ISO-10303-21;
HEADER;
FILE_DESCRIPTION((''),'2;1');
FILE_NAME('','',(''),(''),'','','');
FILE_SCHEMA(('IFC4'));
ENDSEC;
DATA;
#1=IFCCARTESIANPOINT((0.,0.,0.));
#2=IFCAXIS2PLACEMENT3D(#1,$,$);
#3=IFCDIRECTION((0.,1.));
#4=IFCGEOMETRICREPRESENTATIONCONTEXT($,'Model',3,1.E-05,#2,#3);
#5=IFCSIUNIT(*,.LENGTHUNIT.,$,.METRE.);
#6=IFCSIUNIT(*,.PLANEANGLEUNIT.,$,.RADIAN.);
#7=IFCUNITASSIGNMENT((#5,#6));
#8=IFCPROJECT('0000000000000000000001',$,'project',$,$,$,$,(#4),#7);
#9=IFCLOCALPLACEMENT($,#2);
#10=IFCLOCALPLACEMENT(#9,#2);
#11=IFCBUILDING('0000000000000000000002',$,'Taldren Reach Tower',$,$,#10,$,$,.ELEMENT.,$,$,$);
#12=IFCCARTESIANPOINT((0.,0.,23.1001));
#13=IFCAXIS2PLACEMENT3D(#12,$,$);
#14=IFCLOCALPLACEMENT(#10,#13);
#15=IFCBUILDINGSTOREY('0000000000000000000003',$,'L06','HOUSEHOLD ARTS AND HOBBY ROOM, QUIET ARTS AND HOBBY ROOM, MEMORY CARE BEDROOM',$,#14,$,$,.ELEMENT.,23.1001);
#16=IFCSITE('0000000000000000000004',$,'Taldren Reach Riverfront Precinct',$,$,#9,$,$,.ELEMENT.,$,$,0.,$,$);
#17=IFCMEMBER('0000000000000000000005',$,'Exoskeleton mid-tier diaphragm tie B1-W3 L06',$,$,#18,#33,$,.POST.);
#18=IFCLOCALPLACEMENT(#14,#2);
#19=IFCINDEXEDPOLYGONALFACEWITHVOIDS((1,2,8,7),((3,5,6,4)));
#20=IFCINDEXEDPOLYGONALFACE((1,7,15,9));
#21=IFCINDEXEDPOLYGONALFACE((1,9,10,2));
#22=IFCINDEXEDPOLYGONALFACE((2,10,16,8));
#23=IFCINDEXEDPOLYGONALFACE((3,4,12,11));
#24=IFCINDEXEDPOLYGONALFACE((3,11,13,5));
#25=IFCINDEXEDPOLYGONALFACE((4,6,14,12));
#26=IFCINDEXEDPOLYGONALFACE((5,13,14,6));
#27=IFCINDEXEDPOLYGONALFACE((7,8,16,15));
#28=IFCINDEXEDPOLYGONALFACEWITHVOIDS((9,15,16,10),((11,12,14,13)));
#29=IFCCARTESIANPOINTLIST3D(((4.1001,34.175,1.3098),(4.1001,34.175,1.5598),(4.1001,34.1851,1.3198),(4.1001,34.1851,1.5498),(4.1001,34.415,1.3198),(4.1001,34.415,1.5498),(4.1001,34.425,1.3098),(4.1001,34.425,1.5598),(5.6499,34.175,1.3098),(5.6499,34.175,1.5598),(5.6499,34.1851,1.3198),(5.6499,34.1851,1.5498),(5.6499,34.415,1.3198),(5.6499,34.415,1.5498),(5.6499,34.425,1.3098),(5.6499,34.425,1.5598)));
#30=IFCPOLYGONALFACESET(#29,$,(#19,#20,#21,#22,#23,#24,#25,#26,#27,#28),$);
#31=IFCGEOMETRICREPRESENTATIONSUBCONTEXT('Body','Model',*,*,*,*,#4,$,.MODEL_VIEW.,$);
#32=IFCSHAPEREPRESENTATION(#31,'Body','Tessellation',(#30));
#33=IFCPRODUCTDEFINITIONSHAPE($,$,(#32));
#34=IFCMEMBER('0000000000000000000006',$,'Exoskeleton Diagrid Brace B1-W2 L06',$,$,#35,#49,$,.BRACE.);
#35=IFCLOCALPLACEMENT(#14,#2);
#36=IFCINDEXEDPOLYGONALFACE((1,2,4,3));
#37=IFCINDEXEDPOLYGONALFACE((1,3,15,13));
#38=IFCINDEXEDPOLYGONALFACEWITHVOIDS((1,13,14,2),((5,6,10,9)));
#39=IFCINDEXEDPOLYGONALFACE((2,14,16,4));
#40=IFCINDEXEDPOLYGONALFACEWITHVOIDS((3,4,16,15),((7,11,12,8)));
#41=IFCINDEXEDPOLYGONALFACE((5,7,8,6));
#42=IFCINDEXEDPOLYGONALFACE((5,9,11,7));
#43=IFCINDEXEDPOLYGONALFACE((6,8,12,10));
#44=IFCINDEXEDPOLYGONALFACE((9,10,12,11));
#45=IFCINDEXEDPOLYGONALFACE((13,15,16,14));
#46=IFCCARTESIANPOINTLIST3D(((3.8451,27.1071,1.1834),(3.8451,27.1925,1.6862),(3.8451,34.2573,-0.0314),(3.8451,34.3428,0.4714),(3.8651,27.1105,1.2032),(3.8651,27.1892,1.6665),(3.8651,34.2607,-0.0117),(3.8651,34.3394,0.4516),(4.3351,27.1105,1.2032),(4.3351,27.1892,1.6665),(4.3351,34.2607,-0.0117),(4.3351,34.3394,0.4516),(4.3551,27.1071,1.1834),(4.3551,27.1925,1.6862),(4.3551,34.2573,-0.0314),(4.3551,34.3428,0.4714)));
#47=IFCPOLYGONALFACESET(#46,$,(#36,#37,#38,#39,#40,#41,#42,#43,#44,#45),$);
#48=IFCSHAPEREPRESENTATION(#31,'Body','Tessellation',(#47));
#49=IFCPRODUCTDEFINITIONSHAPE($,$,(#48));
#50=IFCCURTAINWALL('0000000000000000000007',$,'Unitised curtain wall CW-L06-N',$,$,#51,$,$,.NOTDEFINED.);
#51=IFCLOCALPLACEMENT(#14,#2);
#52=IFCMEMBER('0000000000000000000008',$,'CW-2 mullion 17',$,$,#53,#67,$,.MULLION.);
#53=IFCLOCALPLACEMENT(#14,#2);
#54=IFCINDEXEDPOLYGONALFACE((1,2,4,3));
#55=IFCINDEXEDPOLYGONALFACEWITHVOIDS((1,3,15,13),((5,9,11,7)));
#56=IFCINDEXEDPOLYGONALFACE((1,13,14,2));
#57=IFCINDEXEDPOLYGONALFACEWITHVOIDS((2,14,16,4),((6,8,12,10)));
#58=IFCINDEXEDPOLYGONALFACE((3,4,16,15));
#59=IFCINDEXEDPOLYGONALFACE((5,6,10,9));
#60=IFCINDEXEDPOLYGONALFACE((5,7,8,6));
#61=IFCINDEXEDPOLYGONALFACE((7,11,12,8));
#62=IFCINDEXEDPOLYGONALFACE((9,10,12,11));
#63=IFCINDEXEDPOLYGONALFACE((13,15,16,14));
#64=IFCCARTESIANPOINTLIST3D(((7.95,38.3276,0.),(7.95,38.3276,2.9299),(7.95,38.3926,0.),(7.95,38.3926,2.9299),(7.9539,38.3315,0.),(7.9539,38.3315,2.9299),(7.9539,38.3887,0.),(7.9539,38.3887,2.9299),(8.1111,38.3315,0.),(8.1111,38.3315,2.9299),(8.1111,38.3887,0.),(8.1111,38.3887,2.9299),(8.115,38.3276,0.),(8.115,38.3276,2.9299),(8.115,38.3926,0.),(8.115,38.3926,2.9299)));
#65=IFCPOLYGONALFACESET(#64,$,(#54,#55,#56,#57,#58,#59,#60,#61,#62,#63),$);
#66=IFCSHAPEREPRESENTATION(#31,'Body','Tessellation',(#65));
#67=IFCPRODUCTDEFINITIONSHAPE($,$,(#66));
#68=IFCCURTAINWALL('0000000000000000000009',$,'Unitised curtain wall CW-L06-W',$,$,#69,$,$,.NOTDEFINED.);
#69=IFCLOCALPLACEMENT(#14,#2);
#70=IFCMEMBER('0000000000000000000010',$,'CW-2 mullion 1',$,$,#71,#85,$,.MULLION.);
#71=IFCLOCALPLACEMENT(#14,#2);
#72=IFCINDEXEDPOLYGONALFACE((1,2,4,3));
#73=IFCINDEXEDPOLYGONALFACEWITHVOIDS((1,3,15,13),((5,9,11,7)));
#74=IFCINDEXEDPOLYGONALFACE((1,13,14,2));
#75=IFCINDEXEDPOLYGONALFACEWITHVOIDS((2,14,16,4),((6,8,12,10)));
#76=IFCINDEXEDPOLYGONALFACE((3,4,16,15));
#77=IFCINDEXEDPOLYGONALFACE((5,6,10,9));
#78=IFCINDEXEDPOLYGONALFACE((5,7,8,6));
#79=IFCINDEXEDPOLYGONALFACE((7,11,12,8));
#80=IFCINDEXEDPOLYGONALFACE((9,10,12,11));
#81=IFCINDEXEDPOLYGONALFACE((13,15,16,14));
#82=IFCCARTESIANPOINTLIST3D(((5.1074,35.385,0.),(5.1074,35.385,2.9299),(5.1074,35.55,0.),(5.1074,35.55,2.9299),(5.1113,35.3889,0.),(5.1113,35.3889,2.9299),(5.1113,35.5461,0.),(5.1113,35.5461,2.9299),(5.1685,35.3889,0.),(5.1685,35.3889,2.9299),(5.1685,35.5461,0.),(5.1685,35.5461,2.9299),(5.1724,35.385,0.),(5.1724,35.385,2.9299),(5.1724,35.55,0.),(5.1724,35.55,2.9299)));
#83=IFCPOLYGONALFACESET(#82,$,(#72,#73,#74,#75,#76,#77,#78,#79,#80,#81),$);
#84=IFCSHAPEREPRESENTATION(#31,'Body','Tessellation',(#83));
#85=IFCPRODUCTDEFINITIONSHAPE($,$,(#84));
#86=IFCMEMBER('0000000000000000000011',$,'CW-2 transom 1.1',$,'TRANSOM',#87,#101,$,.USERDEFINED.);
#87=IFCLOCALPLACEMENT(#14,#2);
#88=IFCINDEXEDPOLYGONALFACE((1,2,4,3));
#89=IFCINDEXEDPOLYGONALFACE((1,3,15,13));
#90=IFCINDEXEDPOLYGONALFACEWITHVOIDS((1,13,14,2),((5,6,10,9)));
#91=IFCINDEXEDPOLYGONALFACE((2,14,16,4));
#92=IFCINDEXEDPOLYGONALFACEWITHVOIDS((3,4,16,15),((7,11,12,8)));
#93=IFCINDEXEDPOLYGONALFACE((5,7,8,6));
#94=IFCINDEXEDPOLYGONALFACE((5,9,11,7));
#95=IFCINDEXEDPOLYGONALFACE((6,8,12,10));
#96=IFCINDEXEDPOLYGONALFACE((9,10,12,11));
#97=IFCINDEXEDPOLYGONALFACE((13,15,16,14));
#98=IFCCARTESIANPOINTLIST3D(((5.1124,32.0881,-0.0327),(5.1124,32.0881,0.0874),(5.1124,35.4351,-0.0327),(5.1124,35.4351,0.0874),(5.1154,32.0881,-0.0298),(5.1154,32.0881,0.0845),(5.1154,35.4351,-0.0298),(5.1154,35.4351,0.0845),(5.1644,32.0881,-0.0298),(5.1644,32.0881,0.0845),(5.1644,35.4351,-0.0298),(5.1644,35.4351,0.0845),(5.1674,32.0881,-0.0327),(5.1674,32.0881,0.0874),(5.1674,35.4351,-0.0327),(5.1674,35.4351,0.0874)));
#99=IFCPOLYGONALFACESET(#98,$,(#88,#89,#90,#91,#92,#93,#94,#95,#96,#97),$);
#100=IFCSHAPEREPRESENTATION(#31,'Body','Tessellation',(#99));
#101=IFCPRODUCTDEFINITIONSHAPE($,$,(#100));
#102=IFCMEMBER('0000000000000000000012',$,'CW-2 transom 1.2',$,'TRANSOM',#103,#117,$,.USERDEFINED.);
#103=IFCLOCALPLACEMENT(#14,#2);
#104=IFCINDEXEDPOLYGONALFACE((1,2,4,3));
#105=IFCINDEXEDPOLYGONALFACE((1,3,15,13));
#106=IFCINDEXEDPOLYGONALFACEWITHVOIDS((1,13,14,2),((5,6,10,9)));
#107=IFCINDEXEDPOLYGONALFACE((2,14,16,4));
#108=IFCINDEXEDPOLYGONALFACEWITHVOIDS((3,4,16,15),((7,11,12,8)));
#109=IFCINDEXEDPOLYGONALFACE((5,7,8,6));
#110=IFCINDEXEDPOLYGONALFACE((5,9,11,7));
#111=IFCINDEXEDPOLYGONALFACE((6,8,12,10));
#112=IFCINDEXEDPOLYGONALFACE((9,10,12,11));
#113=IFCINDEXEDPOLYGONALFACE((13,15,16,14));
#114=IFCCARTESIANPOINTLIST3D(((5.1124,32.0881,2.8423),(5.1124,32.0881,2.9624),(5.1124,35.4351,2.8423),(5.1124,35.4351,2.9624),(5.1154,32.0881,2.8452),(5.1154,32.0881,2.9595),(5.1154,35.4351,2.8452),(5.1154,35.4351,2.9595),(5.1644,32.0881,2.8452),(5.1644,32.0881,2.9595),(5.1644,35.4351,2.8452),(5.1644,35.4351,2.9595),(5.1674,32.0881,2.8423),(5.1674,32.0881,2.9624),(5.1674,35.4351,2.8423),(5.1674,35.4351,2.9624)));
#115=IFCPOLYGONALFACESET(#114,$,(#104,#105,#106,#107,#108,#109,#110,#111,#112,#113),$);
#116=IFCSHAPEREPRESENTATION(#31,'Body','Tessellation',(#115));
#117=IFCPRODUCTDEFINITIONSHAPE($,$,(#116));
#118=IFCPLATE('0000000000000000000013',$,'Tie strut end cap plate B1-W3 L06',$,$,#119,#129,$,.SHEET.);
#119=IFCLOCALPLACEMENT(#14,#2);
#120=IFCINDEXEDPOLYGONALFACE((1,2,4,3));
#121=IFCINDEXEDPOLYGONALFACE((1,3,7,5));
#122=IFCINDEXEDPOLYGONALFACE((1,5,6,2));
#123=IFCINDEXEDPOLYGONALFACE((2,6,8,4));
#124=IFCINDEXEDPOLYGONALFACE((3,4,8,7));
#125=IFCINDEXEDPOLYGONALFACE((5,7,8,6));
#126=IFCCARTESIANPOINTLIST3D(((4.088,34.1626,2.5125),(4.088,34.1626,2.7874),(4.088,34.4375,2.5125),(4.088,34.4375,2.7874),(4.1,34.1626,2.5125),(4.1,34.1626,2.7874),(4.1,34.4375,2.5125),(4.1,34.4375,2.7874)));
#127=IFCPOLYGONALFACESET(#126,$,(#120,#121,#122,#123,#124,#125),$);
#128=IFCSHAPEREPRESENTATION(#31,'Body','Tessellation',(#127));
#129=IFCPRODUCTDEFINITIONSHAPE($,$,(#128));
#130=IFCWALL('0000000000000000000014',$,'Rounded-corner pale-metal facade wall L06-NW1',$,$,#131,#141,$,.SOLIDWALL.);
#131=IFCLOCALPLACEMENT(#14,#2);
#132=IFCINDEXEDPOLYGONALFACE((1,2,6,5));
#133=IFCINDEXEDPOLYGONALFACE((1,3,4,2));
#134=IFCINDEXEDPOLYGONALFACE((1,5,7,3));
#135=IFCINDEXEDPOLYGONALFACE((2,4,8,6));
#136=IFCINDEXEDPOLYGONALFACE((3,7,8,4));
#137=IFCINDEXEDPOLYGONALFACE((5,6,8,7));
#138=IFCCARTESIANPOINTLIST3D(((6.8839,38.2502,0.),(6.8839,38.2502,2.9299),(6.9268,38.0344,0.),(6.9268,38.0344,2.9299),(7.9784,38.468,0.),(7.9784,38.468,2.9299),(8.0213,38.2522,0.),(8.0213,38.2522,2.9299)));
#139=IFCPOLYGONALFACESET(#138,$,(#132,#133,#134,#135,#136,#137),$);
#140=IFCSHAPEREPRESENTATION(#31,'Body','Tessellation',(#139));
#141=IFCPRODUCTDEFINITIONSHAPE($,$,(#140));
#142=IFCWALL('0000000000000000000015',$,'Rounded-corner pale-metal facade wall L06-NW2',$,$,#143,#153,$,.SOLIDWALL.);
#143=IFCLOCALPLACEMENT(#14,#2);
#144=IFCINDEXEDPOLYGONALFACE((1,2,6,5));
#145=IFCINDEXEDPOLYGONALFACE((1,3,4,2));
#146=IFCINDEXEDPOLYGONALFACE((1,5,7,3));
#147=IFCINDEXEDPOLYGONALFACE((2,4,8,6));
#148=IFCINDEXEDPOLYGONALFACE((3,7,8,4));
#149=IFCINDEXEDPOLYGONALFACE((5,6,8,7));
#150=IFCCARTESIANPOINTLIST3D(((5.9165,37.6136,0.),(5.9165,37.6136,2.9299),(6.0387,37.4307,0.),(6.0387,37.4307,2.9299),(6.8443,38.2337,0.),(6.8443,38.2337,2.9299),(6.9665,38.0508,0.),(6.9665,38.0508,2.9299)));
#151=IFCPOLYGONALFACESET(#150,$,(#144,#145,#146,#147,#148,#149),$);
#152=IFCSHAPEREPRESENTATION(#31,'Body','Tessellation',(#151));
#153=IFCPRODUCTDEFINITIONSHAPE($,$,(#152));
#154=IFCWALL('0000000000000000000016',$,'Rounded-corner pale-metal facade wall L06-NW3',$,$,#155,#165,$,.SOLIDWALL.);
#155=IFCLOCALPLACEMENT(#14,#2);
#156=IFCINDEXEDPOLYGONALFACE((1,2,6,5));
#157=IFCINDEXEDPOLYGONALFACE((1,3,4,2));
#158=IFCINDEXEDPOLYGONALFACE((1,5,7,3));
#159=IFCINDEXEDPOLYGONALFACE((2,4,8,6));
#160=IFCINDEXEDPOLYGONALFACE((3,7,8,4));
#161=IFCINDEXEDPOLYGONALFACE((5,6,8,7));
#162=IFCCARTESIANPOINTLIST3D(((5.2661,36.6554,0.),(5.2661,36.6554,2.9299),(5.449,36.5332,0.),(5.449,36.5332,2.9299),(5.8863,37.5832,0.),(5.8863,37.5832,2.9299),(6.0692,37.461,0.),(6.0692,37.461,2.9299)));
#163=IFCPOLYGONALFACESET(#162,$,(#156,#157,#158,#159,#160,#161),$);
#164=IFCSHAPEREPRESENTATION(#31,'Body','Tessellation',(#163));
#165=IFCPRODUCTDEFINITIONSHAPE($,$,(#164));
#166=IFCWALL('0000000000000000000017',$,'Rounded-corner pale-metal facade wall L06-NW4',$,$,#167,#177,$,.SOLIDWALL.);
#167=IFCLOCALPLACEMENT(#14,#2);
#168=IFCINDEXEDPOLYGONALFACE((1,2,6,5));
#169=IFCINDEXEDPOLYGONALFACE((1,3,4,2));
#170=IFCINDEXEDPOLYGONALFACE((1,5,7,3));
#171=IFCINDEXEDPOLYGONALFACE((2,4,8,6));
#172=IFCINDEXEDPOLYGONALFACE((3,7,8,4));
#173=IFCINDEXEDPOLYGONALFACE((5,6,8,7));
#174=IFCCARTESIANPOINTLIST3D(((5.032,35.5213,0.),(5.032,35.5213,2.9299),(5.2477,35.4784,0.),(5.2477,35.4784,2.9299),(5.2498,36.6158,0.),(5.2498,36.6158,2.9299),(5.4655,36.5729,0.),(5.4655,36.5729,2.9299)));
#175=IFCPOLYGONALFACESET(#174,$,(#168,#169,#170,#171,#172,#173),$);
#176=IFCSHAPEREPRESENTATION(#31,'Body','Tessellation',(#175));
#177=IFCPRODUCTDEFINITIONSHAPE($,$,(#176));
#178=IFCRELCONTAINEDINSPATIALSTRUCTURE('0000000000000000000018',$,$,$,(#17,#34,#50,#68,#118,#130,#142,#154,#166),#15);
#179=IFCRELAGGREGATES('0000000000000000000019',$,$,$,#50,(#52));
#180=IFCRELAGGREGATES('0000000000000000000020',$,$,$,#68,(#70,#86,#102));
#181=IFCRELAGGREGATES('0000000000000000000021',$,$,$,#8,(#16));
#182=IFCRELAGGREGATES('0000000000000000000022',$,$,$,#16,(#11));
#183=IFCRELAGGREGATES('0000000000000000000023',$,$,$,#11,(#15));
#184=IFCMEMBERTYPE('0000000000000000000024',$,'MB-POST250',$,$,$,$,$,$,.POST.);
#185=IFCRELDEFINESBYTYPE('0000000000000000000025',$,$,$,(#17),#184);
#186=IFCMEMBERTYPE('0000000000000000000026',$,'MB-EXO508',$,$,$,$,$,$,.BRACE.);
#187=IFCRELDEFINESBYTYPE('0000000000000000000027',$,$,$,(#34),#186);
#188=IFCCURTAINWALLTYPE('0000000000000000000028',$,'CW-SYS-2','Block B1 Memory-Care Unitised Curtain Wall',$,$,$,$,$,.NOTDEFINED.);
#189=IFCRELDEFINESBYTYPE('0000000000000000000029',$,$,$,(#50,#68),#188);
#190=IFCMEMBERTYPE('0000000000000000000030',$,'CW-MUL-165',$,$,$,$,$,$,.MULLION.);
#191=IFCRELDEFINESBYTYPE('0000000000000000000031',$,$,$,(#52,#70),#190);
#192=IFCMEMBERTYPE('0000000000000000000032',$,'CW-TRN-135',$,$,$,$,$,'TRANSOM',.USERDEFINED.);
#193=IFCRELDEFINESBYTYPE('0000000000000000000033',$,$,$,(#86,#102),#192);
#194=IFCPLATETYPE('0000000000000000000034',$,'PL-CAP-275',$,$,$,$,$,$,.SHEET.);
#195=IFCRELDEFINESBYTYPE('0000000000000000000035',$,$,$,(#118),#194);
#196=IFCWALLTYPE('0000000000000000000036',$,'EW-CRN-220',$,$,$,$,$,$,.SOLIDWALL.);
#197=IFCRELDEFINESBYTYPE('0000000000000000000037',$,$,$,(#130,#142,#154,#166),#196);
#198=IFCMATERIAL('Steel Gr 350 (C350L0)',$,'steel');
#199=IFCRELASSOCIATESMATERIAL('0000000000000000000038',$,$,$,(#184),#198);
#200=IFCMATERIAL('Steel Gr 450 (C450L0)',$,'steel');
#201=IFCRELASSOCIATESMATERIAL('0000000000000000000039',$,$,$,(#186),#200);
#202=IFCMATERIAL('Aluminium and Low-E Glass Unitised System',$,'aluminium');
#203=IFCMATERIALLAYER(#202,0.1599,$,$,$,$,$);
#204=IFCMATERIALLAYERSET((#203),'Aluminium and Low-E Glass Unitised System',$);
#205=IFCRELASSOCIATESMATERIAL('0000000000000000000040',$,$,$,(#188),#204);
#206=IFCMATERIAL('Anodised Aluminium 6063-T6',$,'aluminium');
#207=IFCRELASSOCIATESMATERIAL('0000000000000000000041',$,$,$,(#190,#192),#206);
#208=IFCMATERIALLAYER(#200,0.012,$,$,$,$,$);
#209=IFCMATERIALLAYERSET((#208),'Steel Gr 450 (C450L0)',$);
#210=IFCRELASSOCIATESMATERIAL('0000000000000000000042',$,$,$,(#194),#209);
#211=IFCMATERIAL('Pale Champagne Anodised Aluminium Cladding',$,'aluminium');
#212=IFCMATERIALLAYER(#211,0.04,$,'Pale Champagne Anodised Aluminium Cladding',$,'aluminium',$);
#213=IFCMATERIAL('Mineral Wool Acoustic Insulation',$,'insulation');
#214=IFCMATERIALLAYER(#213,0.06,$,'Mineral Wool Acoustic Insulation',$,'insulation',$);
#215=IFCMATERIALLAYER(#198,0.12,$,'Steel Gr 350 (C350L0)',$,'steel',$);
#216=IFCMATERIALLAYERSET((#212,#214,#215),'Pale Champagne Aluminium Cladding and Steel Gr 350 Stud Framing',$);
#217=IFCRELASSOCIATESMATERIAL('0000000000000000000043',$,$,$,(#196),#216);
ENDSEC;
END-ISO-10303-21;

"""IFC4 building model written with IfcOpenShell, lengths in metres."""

from ifc_helpers import new_model, si_unit, direction, frame, frame_2d, origin, origin_2d, place, context, subcontext, project, spatial, rectangle, hollow_rectangle, extrude, source, transform, mapped, material, layer, layer_set, material_profile, profile_set, type_object, element, aggregate, save


model = new_model("IFC4")

# Units and contexts
model_context = context("Model", 3, precision=1e-05, world=origin(), true_north=direction((0.0, 1.0)))
body_context = subcontext(model_context, "Body", "Model", "MODEL_VIEW")
ifc_project = project(units=[si_unit("LENGTHUNIT", "METRE"), si_unit("PLANEANGLEUNIT", "RADIAN")], contexts=[model_context])

# Site, building, storey
site_placement = place(None, origin())
site = spatial("IfcSite", under=ifc_project, at=site_placement, Name="Taldren Reach Riverfront Precinct", CompositionType="ELEMENT", RefElevation=0.0)
building_placement = place(site_placement, origin())
building = spatial("IfcBuilding", under=site, at=building_placement, Name="Taldren Reach Tower", CompositionType="ELEMENT")
storey_placement = place(building_placement, frame((0.0, 0.0, 23.1001)))
storey = spatial("IfcBuildingStorey", under=building, at=storey_placement, Name="L06", Description="HOUSEHOLD ARTS AND HOBBY ROOM, QUIET ARTS AND HOBBY ROOM, MEMORY CARE BEDROOM", CompositionType="ELEMENT", Elevation=23.1001)

# Members
ifc_material_1 = material(Name="Steel Gr 450 (C450L0)", Category="steel")
ifc_material_2 = material(Name="Steel Gr 350 (C350L0)", Category="steel")
ifc_material_profile_1 = material_profile(ifc_material_2, hollow_rectangle(XDim=0.25, YDim=0.25, WallThickness=0.01, at=origin_2d()), Name="250x250x10.0SHS")
ifc_profile_set_1 = profile_set([ifc_material_profile_1], Name="Steel Gr 350 (C350L0)")
member_type_1 = type_object("IfcMemberType", Name="MB-POST250", PredefinedType="POST", material=ifc_profile_set_1)
shared_shape_1 = source(origin(), body_context, "Body", "SweptSolid", [
    extrude(hollow_rectangle(XDim=0.25, YDim=0.25, WallThickness=0.01, at=origin_2d()), origin(), (0.0, 0.0, 1.0), 1.5498),
])
for number, where, z_axis, x_axis, name in (
    (1, (5.6499, 34.3, 1.4348), (-1.0, 0.0, 0.0), (0.0, -1.0, 0.0), "Exoskeleton mid-tier diaphragm tie B1-W3 L06"),
):
    element("IfcMember", number, at=place(storey_placement, frame(where, z_axis=z_axis, x_axis=x_axis)), inside=storey, type_object=member_type_1, Name=name, PredefinedType="POST", context=body_context, shape_type="MappedRepresentation", body=[
        mapped(shared_shape_1, transform((0.0, 0.0, 0.0), scale=1.0)),
    ])
ifc_material_profile_2 = material_profile(ifc_material_1, hollow_rectangle(XDim=0.51, YDim=0.51, WallThickness=0.02, at=origin_2d()), Name="510x510x20.0SHS")
ifc_profile_set_2 = profile_set([ifc_material_profile_2], Name="Steel Gr 450 (C450L0)")
member_type_2 = type_object("IfcMemberType", Name="MB-EXO508", PredefinedType="BRACE", material=ifc_profile_set_2)
shared_shape_2 = source(origin(), body_context, "Body", "SweptSolid", [
    extrude(hollow_rectangle(XDim=0.51, YDim=0.51, WallThickness=0.02, at=origin_2d()), origin(), (0.0, 0.0, 1.0), 7.2527),
])
member_1_placement = place(storey_placement, frame((4.1001, 34.3, 0.22), z_axis=(0.0, -0.985871, 0.167504), x_axis=(1.0, 0.0, 0.0)))
element("IfcMember", 2, at=member_1_placement, inside=storey, type_object=member_type_2, Name="Exoskeleton Diagrid Brace B1-W2 L06", PredefinedType="BRACE", context=body_context, shape_type="MappedRepresentation", body=[
    mapped(shared_shape_2, transform((0.0, 0.0, 0.0), scale=1.0)),
])

# Curtain wall, member
ifc_material_3 = material(Name="Aluminium and Low-E Glass Unitised System", Category="aluminium")
ifc_layer_1 = layer(ifc_material_3, 0.1599)
ifc_layer_set_1 = layer_set([ifc_layer_1], Name="Aluminium and Low-E Glass Unitised System")
curtain_wall_type = type_object("IfcCurtainWallType", Name="CW-SYS-2", Description="Block B1 Memory-Care Unitised Curtain Wall", PredefinedType="NOTDEFINED", material=ifc_layer_set_1)
curtain_wall_1_placement = place(storey_placement, origin())
curtain_wall_1 = element("IfcCurtainWall", 3, at=curtain_wall_1_placement, inside=storey, type_object=curtain_wall_type, Name="Unitised curtain wall CW-L06-N", PredefinedType="NOTDEFINED")
ifc_material_4 = material(Name="Anodised Aluminium 6063-T6", Category="aluminium")
ifc_material_profile_3 = material_profile(ifc_material_4, hollow_rectangle(XDim=0.0649, YDim=0.165, WallThickness=0.0039, at=origin_2d()), Name="ALU-165x65x4RHS")
ifc_profile_set_3 = profile_set([ifc_material_profile_3], Name="Anodised Aluminium 6063-T6")
member_type_3 = type_object("IfcMemberType", Name="CW-MUL-165", PredefinedType="MULLION", material=ifc_profile_set_3)
shared_shape_3 = source(origin(), body_context, "Body", "SweptSolid", [
    extrude(hollow_rectangle(XDim=0.0649, YDim=0.165, WallThickness=0.0039, at=origin_2d()), origin(), (0.0, 0.0, 1.0), 2.9299),
])
member_2_placement = place(storey_placement, frame((8.0325, 38.3601, 0.0), z_axis=(0.0, 0.0, 1.0), x_axis=(0.0, -1.0, 0.0)))
member_2 = element("IfcMember", 4, at=member_2_placement, type_object=member_type_3, Name="CW-2 mullion 17", PredefinedType="MULLION", context=body_context, shape_type="MappedRepresentation", body=[
    mapped(shared_shape_3, transform((0.0, 0.0, 0.0), scale=1.0)),
])
aggregate(curtain_wall_1, [member_2])

# Curtain wall, members
curtain_wall_2_placement = place(storey_placement, origin())
curtain_wall_2 = element("IfcCurtainWall", 5, at=curtain_wall_2_placement, inside=storey, type_object=curtain_wall_type, Name="Unitised curtain wall CW-L06-W", PredefinedType="NOTDEFINED")
member_3_placement = place(storey_placement, frame((5.1399, 35.4675, 0.0), z_axis=(0.0, 0.0, 1.0), x_axis=(1.0, 0.0, 0.0)))
member_3 = element("IfcMember", 6, at=member_3_placement, type_object=member_type_3, Name="CW-2 mullion 1", PredefinedType="MULLION", context=body_context, shape_type="MappedRepresentation", body=[
    mapped(shared_shape_3, transform((0.0, 0.0, 0.0), scale=1.0)),
])
ifc_material_profile_4 = material_profile(ifc_material_4, hollow_rectangle(XDim=0.0549, YDim=0.1201, WallThickness=0.0029, at=origin_2d()), Name="ALU-120x55x3RHS")
ifc_profile_set_4 = profile_set([ifc_material_profile_4], Name="Anodised Aluminium 6063-T6")
member_type_4 = type_object("IfcMemberType", Name="CW-TRN-135", ElementType="TRANSOM", PredefinedType="USERDEFINED", material=ifc_profile_set_4)
shared_shape_4 = source(origin(), body_context, "Body", "SweptSolid", [
    extrude(hollow_rectangle(XDim=0.0549, YDim=0.1201, WallThickness=0.0029, at=origin_2d()), origin(), (0.0, 0.0, 1.0), 3.3469),
])
member_4_placement = place(storey_placement, frame((5.1399, 35.4351, 0.0273), z_axis=(0.0, -1.0, 0.0), x_axis=(1.0, 0.0, 0.0)))
member_4 = element("IfcMember", 7, at=member_4_placement, type_object=member_type_4, Name="CW-2 transom 1.1", ObjectType="TRANSOM", PredefinedType="USERDEFINED", context=body_context, shape_type="MappedRepresentation", body=[
    mapped(shared_shape_4, transform((0.0, 0.0, 0.0), scale=1.0)),
])
member_5_placement = place(storey_placement, frame((5.1399, 35.4351, 2.9023), z_axis=(0.0, -1.0, 0.0), x_axis=(1.0, 0.0, 0.0)))
member_5 = element("IfcMember", 8, at=member_5_placement, type_object=member_type_4, Name="CW-2 transom 1.2", ObjectType="TRANSOM", PredefinedType="USERDEFINED", context=body_context, shape_type="MappedRepresentation", body=[
    mapped(shared_shape_4, transform((0.0, 0.0, 0.0), scale=1.0)),
])
aggregate(curtain_wall_2, [member_3, member_4, member_5])

# Plate
ifc_layer_2 = layer(ifc_material_1, 0.012)
ifc_layer_set_2 = layer_set([ifc_layer_2], Name="Steel Gr 450 (C450L0)")
plate_type = type_object("IfcPlateType", Name="PL-CAP-275", PredefinedType="SHEET", material=ifc_layer_set_2)
shared_shape_5 = source(origin(), body_context, "Body", "SweptSolid", [
    extrude(rectangle(XDim=0.012, YDim=0.2749, at=origin_2d()), origin(), (0.0, 0.0, 1.0), 0.2749),
])
plate_placement = place(storey_placement, frame((4.094, 34.3, 2.5125), z_axis=(0.0, 0.0, 1.0), x_axis=(1.0, 0.0, 0.0)))
element("IfcPlate", 9, at=plate_placement, inside=storey, type_object=plate_type, Name="Tie strut end cap plate B1-W3 L06", PredefinedType="SHEET", context=body_context, shape_type="MappedRepresentation", body=[
    mapped(shared_shape_5, transform((0.0, 0.0, 0.0), scale=1.0)),
])

# Walls
ifc_material_5 = material(Name="Pale Champagne Anodised Aluminium Cladding", Category="aluminium")
ifc_layer_3 = layer(ifc_material_5, 0.04, Name="Pale Champagne Anodised Aluminium Cladding", Category="aluminium")
ifc_material_6 = material(Name="Mineral Wool Acoustic Insulation", Category="insulation")
ifc_layer_4 = layer(ifc_material_6, 0.06, Name="Mineral Wool Acoustic Insulation", Category="insulation")
ifc_layer_5 = layer(ifc_material_2, 0.12, Name="Steel Gr 350 (C350L0)", Category="steel")
ifc_layer_set_3 = layer_set([ifc_layer_3, ifc_layer_4, ifc_layer_5], Name="Pale Champagne Aluminium Cladding and Steel Gr 350 Stud Framing")
wall_type = type_object("IfcWallType", Name="EW-CRN-220", PredefinedType="SOLIDWALL", material=ifc_layer_set_3)
shared_shape_6 = source(origin(), body_context, "Body", "SweptSolid", [
    extrude(rectangle(XDim=1.116, YDim=0.22, at=frame_2d((0.5581, 0.0))), origin(), (0.0, 0.0, 1.0), 2.9299),
])
for number, where, z_axis, x_axis, name in (
    (10, (8.0, 38.3601, 0.0), (0.0, 0.0, 1.0), (-0.980774, -0.195148, 0.0), "Rounded-corner pale-metal facade wall L06-NW1"),
    (11, (6.9055, 38.1423, 0.0), (0.0, 0.0, 1.0), (-0.831377, -0.55571, 0.0), "Rounded-corner pale-metal facade wall L06-NW2"),
    (12, (5.9778, 37.5222, 0.0), (0.0, 0.0, 1.0), (-0.55571, -0.831377, 0.0), "Rounded-corner pale-metal facade wall L06-NW3"),
    (13, (5.3577, 36.5945, 0.0), (0.0, 0.0, 1.0), (-0.195148, -0.980774, 0.0), "Rounded-corner pale-metal facade wall L06-NW4"),
):
    element("IfcWall", number, at=place(storey_placement, frame(where, z_axis=z_axis, x_axis=x_axis)), inside=storey, type_object=wall_type, Name=name, PredefinedType="SOLIDWALL", context=body_context, shape_type="MappedRepresentation", body=[
        mapped(shared_shape_6, transform((0.0, 0.0, 0.0), scale=1.0)),
    ])

save(model, "model.ifc")
